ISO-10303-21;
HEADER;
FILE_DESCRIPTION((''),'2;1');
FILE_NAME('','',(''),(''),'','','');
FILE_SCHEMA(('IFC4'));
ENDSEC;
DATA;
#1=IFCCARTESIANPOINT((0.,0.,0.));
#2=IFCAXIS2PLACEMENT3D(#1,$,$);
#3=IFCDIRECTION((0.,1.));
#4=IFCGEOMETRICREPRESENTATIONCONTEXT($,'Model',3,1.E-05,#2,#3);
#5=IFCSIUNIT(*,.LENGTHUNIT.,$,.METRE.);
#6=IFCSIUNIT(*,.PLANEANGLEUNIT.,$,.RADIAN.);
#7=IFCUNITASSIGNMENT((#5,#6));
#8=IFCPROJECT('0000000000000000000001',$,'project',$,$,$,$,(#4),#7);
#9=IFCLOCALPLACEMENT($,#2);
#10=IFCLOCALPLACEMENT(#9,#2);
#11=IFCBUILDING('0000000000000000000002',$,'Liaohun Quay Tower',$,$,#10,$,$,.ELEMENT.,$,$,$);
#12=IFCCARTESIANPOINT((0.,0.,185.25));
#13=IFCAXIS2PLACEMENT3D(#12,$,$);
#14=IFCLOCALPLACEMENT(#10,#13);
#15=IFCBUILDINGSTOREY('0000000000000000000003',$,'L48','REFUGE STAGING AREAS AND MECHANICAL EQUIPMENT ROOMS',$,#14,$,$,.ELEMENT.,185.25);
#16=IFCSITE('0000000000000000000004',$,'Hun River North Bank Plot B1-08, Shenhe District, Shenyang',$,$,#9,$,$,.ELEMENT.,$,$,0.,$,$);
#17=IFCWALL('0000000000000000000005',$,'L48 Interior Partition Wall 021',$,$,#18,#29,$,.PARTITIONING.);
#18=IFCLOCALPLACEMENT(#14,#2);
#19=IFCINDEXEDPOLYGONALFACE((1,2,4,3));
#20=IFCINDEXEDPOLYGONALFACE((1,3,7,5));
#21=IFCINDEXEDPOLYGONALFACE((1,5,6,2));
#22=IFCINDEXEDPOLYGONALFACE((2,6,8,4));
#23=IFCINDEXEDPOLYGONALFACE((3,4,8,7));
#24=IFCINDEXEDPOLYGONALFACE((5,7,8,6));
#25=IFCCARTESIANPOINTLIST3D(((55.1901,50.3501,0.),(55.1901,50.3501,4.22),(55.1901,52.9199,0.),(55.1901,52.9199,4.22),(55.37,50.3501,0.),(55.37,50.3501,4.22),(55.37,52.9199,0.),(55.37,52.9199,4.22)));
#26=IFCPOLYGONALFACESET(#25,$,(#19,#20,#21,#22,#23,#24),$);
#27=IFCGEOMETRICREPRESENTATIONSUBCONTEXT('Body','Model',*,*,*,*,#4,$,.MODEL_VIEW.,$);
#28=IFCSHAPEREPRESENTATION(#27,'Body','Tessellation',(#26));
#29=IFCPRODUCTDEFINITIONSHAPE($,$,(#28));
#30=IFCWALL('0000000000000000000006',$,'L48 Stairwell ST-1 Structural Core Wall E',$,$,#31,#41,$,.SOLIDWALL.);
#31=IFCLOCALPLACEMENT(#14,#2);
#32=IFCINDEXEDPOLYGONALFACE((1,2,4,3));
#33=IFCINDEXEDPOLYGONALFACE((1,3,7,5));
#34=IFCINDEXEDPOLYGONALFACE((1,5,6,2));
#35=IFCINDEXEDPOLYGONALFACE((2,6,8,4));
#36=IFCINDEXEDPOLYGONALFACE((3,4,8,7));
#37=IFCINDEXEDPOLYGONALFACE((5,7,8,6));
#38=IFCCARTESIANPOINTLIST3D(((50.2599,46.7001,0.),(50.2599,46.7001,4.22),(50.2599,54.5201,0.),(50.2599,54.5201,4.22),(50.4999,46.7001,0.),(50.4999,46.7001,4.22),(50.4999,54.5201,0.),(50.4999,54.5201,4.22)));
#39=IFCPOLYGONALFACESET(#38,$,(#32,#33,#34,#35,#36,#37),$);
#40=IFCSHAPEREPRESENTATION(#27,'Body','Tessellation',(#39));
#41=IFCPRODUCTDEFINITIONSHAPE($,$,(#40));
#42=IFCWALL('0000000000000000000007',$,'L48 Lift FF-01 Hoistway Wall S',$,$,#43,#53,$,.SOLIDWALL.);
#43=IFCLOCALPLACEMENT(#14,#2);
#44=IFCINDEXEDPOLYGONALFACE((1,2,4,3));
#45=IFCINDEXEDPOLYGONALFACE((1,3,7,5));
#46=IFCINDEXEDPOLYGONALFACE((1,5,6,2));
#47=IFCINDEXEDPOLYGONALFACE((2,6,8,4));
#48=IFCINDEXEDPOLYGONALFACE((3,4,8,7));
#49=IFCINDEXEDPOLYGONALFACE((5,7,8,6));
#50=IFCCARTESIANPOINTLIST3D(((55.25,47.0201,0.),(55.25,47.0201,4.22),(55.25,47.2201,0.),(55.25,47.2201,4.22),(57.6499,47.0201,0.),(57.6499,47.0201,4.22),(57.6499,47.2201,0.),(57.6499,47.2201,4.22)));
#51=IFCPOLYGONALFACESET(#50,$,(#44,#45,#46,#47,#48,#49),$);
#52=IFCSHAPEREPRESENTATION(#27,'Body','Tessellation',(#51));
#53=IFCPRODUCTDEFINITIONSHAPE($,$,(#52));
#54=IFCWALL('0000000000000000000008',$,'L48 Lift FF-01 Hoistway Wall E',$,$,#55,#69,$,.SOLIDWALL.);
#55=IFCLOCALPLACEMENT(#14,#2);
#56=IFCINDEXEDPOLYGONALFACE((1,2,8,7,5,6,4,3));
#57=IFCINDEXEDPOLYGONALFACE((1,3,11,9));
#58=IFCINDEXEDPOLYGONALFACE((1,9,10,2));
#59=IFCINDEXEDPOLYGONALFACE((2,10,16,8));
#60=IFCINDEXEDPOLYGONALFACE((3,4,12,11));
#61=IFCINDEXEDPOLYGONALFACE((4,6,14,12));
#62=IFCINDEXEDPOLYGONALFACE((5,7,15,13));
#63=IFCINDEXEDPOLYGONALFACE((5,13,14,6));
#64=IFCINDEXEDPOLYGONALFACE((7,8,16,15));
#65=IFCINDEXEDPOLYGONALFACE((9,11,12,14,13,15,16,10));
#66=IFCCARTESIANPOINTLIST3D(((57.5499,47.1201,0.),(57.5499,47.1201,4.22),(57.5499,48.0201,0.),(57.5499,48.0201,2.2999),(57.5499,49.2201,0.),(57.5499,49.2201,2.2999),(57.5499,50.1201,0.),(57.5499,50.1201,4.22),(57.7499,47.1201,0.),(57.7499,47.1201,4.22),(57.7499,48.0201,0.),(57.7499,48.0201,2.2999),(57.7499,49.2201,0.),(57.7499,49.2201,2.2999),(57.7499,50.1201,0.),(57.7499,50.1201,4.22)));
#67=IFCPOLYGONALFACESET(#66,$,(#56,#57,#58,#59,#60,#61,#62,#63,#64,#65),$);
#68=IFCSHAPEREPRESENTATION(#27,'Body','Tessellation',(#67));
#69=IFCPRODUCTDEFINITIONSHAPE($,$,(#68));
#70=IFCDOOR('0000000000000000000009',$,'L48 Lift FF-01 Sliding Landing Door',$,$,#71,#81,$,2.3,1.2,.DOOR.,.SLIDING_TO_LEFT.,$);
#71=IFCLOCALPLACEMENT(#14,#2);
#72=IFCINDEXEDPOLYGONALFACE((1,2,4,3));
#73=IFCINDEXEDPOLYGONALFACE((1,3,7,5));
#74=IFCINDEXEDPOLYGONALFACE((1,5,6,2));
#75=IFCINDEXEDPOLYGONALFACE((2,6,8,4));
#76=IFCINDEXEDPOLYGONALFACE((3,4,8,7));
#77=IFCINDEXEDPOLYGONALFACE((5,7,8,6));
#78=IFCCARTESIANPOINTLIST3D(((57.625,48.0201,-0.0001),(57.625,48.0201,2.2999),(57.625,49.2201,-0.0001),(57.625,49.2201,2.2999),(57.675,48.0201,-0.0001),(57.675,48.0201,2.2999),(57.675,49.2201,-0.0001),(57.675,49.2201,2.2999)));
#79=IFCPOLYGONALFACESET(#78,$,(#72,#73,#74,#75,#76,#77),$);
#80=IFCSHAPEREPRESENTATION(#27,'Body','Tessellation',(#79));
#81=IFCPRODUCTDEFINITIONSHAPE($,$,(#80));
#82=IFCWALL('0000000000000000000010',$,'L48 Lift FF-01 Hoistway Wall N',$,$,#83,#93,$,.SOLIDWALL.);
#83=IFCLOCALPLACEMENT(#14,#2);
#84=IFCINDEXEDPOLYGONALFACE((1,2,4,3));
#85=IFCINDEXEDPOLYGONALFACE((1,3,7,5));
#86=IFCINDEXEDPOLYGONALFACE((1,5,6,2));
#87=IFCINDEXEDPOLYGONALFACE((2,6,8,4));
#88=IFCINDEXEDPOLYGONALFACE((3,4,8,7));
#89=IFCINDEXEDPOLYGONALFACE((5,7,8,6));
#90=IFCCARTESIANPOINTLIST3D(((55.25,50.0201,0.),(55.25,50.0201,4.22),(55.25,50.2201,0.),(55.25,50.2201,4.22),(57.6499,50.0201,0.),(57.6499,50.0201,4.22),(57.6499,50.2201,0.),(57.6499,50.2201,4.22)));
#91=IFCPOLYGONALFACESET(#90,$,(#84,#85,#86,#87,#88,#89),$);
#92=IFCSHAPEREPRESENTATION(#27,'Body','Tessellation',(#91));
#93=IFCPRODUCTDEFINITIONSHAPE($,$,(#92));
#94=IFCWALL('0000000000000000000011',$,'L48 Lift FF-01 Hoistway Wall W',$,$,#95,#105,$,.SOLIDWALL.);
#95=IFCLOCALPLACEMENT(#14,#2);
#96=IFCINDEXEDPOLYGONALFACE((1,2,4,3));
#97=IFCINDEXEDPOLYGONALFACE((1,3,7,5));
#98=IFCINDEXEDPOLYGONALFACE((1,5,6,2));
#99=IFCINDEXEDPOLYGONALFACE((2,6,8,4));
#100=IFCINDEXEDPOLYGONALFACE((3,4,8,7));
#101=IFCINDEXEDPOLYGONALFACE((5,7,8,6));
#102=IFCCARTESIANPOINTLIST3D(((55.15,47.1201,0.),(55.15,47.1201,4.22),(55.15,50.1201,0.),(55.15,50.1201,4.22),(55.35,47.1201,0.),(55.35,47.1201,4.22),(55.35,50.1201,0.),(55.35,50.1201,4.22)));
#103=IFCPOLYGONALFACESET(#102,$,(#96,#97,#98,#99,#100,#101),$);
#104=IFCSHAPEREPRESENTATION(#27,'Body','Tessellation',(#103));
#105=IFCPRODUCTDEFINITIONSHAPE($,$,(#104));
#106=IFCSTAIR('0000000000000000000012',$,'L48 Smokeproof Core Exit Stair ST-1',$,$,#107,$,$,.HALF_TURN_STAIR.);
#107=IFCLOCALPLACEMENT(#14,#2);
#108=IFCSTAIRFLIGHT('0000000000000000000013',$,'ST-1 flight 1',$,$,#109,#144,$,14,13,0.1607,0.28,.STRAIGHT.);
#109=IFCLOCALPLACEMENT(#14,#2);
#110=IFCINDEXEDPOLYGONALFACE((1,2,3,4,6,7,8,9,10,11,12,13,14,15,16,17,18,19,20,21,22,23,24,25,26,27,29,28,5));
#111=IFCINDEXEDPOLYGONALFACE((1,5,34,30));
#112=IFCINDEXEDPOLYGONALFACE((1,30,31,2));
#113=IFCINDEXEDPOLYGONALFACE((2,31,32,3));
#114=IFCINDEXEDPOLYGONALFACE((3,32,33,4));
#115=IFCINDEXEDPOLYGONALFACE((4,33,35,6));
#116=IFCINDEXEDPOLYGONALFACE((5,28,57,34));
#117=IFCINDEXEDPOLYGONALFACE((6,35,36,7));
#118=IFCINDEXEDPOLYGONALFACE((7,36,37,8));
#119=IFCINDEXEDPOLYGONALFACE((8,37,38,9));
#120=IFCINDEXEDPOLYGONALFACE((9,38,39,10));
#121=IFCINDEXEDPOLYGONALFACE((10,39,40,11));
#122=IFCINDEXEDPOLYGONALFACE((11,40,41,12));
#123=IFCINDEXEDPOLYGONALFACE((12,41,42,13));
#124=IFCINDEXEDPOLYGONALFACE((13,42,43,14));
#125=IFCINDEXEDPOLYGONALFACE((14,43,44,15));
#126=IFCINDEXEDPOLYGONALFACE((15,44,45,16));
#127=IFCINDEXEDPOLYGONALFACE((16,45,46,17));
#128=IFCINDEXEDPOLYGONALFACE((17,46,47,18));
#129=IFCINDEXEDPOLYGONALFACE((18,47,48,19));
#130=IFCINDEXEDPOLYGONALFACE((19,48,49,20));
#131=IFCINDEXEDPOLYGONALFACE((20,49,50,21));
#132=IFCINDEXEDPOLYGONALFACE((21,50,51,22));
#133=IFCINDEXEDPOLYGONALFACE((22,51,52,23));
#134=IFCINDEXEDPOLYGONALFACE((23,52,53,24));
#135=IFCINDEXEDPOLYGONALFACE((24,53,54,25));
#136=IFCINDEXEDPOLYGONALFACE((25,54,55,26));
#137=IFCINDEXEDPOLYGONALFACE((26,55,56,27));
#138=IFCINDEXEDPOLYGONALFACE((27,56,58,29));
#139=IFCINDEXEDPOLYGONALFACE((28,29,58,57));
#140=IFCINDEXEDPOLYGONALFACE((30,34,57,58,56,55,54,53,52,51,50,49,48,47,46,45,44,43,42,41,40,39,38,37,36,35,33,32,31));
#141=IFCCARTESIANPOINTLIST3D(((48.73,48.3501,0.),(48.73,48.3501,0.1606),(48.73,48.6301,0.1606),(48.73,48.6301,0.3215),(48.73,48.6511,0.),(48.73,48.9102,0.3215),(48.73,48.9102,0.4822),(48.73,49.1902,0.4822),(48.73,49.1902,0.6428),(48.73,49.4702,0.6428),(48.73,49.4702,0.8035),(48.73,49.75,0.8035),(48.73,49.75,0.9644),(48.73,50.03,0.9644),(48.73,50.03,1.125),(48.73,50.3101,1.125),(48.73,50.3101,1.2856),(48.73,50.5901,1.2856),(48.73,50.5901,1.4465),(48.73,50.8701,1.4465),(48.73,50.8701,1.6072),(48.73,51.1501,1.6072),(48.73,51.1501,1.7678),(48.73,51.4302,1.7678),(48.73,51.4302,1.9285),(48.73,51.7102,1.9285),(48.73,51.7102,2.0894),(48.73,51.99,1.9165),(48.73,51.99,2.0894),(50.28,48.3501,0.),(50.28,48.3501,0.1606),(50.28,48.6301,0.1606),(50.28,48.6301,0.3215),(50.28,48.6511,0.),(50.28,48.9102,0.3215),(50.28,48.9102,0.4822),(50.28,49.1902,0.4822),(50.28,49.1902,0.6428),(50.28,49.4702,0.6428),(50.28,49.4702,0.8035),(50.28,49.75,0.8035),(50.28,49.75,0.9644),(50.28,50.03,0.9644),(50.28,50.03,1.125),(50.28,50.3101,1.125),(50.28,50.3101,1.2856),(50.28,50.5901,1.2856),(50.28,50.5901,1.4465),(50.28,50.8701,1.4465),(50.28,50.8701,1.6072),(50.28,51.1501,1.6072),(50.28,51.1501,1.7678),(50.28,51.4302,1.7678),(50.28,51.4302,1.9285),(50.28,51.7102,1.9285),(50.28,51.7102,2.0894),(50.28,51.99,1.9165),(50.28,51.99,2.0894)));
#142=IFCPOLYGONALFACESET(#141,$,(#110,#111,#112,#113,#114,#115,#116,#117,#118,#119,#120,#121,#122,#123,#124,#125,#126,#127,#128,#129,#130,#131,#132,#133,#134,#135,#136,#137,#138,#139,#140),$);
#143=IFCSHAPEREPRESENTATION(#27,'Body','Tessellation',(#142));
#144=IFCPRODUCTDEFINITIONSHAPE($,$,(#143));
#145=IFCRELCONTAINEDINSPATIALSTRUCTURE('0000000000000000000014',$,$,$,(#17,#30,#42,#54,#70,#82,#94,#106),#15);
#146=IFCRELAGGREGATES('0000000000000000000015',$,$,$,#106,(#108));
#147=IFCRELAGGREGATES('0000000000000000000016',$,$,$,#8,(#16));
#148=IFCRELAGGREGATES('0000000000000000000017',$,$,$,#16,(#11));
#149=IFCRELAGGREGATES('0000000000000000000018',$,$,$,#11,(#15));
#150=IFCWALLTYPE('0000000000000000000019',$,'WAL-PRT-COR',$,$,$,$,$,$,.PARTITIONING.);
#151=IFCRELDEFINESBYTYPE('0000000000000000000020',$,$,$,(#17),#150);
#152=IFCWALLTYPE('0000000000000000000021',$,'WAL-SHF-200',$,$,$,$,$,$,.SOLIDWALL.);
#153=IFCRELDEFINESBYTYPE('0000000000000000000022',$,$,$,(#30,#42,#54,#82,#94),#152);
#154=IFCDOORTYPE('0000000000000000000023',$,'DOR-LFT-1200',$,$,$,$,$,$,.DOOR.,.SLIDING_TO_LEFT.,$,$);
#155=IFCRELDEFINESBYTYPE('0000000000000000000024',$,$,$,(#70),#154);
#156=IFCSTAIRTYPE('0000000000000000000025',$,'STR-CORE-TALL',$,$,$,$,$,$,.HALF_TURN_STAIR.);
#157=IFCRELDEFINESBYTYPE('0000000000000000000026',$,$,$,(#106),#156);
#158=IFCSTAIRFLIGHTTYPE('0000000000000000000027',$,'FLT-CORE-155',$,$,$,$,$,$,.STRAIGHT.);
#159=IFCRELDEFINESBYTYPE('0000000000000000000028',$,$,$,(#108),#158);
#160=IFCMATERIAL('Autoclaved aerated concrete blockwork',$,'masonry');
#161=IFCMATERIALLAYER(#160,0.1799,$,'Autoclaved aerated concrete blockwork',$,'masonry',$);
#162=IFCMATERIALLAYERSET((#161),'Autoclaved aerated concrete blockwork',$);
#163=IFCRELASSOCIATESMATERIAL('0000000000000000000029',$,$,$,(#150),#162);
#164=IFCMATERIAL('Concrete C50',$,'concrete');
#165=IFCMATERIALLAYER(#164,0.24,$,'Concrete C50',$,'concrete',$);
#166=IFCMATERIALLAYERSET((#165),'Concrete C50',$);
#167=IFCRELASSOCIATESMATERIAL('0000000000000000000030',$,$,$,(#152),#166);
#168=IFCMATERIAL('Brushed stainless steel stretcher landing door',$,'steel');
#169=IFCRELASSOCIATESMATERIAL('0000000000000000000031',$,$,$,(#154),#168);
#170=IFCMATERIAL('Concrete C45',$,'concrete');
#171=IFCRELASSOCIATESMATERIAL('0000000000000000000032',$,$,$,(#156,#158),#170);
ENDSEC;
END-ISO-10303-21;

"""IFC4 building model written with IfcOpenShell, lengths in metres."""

from ifc_helpers import new_model, si_unit, direction, frame, frame_2d, origin, place, context, subcontext, project, spatial, polyline, rectangle, outline, extrude, source, transform, mapped, material, layer, layer_set, type_object, element, fill, aggregate, save


model = new_model("IFC4")

# Units and contexts
model_context = context("Model", 3, precision=1e-05, world=origin(), true_north=direction((0.0, 1.0)))
body_context = subcontext(model_context, "Body", "Model", "MODEL_VIEW")
ifc_project = project(units=[si_unit("LENGTHUNIT", "METRE"), si_unit("PLANEANGLEUNIT", "RADIAN")], contexts=[model_context])

# Site, building, storey
site_placement = place(None, origin())
site = spatial("IfcSite", under=ifc_project, at=site_placement, Name="Hun River North Bank Plot B1-08, Shenhe District, Shenyang", CompositionType="ELEMENT", RefElevation=0.0)
building_placement = place(site_placement, origin())
building = spatial("IfcBuilding", under=site, at=building_placement, Name="Liaohun Quay Tower", CompositionType="ELEMENT")
storey_placement = place(building_placement, frame((0.0, 0.0, 185.25)))
storey = spatial("IfcBuildingStorey", under=building, at=storey_placement, Name="L48", Description="REFUGE STAGING AREAS AND MECHANICAL EQUIPMENT ROOMS", CompositionType="ELEMENT", Elevation=185.25)

# Shared definitions
ifc_material_1 = material(Name="Autoclaved aerated concrete blockwork", Category="masonry")
ifc_layer_1 = layer(ifc_material_1, 0.1799, Name="Autoclaved aerated concrete blockwork", Category="masonry")
ifc_layer_set_1 = layer_set([ifc_layer_1], Name="Autoclaved aerated concrete blockwork")
wall_type_1 = type_object("IfcWallType", Name="WAL-PRT-COR", PredefinedType="PARTITIONING", material=ifc_layer_set_1)

# Walls
wall_1_placement = place(storey_placement, frame((55.28, 50.3501, 0.0), z_axis=(0.0, 0.0, 1.0), x_axis=(0.0, 1.0, 0.0)))
element("IfcWall", 1, at=wall_1_placement, inside=storey, type_object=wall_type_1, Name="L48 Interior Partition Wall 021", PredefinedType="PARTITIONING", context=body_context, shape_type="SweptSolid", body=[
    extrude(rectangle(XDim=2.5698, YDim=0.1799, at=frame_2d((1.2849, 0.0))), origin(), (0.0, 0.0, 1.0), 4.22),
])
ifc_material_2 = material(Name="Concrete C50", Category="concrete")
ifc_layer_2 = layer(ifc_material_2, 0.24, Name="Concrete C50", Category="concrete")
ifc_layer_set_2 = layer_set([ifc_layer_2], Name="Concrete C50")
wall_type_2 = type_object("IfcWallType", Name="WAL-SHF-200", PredefinedType="SOLIDWALL", material=ifc_layer_set_2)
wall_2_placement = place(storey_placement, frame((50.3799, 46.7, 0.0), z_axis=(0.0, 0.0, 1.0), x_axis=(0.0, 1.0, 0.0)))
element("IfcWall", 2, at=wall_2_placement, inside=storey, type_object=wall_type_2, Name="L48 Stairwell ST-1 Structural Core Wall E", PredefinedType="SOLIDWALL", context=body_context, shape_type="SweptSolid", body=[
    extrude(rectangle(XDim=7.8201, YDim=0.24, at=frame_2d((3.9102, 0.0))), origin(), (0.0, 0.0, 1.0), 4.22),
])
wall_3_placement = place(storey_placement, frame((55.25, 47.1201, 0.0), z_axis=(0.0, 0.0, 1.0), x_axis=(1.0, 0.0, 0.0)))
element("IfcWall", 3, at=wall_3_placement, inside=storey, type_object=wall_type_2, Name="L48 Lift FF-01 Hoistway Wall S", PredefinedType="SOLIDWALL", context=body_context, shape_type="SweptSolid", body=[
    extrude(rectangle(XDim=2.3999, YDim=0.2, at=frame_2d((1.2, 0.0))), origin(), (0.0, 0.0, 1.0), 4.22),
])

# Wall, opening, door
wall_4_placement = place(storey_placement, frame((57.6499, 47.1201, 0.0), z_axis=(0.0, 0.0, 1.0), x_axis=(0.0, 1.0, 0.0)))
wall_4 = element("IfcWall", 4, at=wall_4_placement, inside=storey, type_object=wall_type_2, Name="L48 Lift FF-01 Hoistway Wall E", PredefinedType="SOLIDWALL", context=body_context, shape_type="SweptSolid", body=[
    extrude(rectangle(XDim=3.0, YDim=0.2, at=frame_2d((1.5, 0.0))), origin(), (0.0, 0.0, 1.0), 4.22),
])
shared_shape_1 = source(origin(), body_context, "Body", "SweptSolid", [
    extrude(rectangle(XDim=1.2, YDim=2.3, at=frame_2d((0.6001, 1.1499))), frame((0.0, 0.1099, 0.0), z_axis=(0.0, -1.0, 0.0), x_axis=(1.0, 0.0, 0.0)), (0.0, 0.0, 1.0), 0.22),
])
opening_1_placement = place(wall_4_placement, frame((0.8999, 0.0, 0.0)))
opening_1 = element("IfcOpeningElement", 5, at=opening_1_placement, cuts=wall_4, PredefinedType="OPENING", context=body_context, shape_type="MappedRepresentation", body=[
    mapped(shared_shape_1, transform((0.0, 0.0, 0.0), x_axis=(1.0, 0.0, 0.0), y_axis=(0.0, 1.0, 0.0), z_axis=(0.0, 0.0, 1.0), scale=1.0)),
])
ifc_material_3 = material(Name="Brushed stainless steel stretcher landing door", Category="steel")
door_type_1 = type_object("IfcDoorType", Name="DOR-LFT-1200", OperationType="SLIDING_TO_LEFT", PredefinedType="DOOR", material=ifc_material_3)
shared_shape_2 = source(origin(), body_context, "Body", "SweptSolid", [
    extrude(rectangle(XDim=1.2, YDim=2.3, at=frame_2d((0.6001, 1.1499))), frame((0.0, 0.0249, 0.0), z_axis=(0.0, -1.0, 0.0), x_axis=(1.0, 0.0, 0.0)), (0.0, 0.0, 1.0), 0.05),
])
door_1_placement = place(opening_1_placement, origin())
door_1 = element("IfcDoor", 6, at=door_1_placement, inside=storey, type_object=door_type_1, Name="L48 Lift FF-01 Sliding Landing Door", OperationType="SLIDING_TO_LEFT", OverallHeight=2.3, OverallWidth=1.2, PredefinedType="DOOR", context=body_context, shape_type="MappedRepresentation", body=[
    mapped(shared_shape_2, transform((0.0, 0.0, 0.0), x_axis=(1.0, 0.0, 0.0), y_axis=(0.0, 1.0, 0.0), z_axis=(0.0, 0.0, 1.0), scale=1.0)),
])
fill(opening_1, door_1)

# Walls
wall_5_placement = place(storey_placement, frame((57.6499, 50.1201, 0.0), z_axis=(0.0, 0.0, 1.0), x_axis=(-1.0, 0.0, 0.0)))
element("IfcWall", 7, at=wall_5_placement, inside=storey, type_object=wall_type_2, Name="L48 Lift FF-01 Hoistway Wall N", PredefinedType="SOLIDWALL", context=body_context, shape_type="SweptSolid", body=[
    extrude(rectangle(XDim=2.3999, YDim=0.2, at=frame_2d((1.2, 0.0))), origin(), (0.0, 0.0, 1.0), 4.22),
])
wall_6_placement = place(storey_placement, frame((55.25, 50.1201, 0.0), z_axis=(0.0, 0.0, 1.0), x_axis=(0.0, -1.0, 0.0)))
element("IfcWall", 8, at=wall_6_placement, inside=storey, type_object=wall_type_2, Name="L48 Lift FF-01 Hoistway Wall W", PredefinedType="SOLIDWALL", context=body_context, shape_type="SweptSolid", body=[
    extrude(rectangle(XDim=3.0, YDim=0.2, at=frame_2d((1.5, 0.0))), origin(), (0.0, 0.0, 1.0), 4.22),
])

# Stair, stair flight
ifc_material_4 = material(Name="Concrete C45", Category="concrete")
stair_type = type_object("IfcStairType", Name="STR-CORE-TALL", PredefinedType="HALF_TURN_STAIR", material=ifc_material_4)
stair_placement = place(storey_placement, origin())
stair = element("IfcStair", 9, at=stair_placement, inside=storey, type_object=stair_type, Name="L48 Smokeproof Core Exit Stair ST-1", PredefinedType="HALF_TURN_STAIR")
stair_flight_type = type_object("IfcStairFlightType", Name="FLT-CORE-155", PredefinedType="STRAIGHT", material=ifc_material_4)
stair_flight_placement = place(storey_placement, frame((49.5049, 48.3501, 0.0), z_axis=(0.0, 0.0, 1.0), x_axis=(0.0, 1.0, 0.0)))
stair_flight = element("IfcStairFlight", 10, at=stair_flight_placement, type_object=stair_flight_type, Name="ST-1 flight 1", NumberOfRisers=14, NumberOfTreads=13, PredefinedType="STRAIGHT", RiserHeight=0.1607, TreadLength=0.28, context=body_context, shape_type="SweptSolid", body=[
    extrude(outline(polyline([(0.0, 0.0), (0.0, 0.1606), (0.28, 0.1606), (0.28, 0.3215), (0.5601, 0.3215), (0.5601, 0.4822), (0.8401, 0.4822), (0.8401, 0.6428), (1.1201, 0.6428), (1.1201, 0.8035), (1.3999, 0.8035), (1.3999, 0.9644), (1.6799, 0.9644), (1.6799, 1.125), (1.96, 1.125), (1.96, 1.2856), (2.24, 1.2856), (2.24, 1.4465), (2.52, 1.4465), (2.52, 1.6072), (2.8, 1.6072), (2.8, 1.7678), (3.0801, 1.7678), (3.0801, 1.9285), (3.3601, 1.9285), (3.3601, 2.0894), (3.6399, 2.0894), (3.6399, 2.25), (3.6399, 1.9165), (0.301, 0.0), (0.0, 0.0)])), frame((0.0, 0.7749, 0.0), z_axis=(0.0, -1.0, 0.0), x_axis=(1.0, 0.0, 0.0)), (0.0, 0.0, 1.0), 1.55),
])
aggregate(stair, [stair_flight])

save(model, "model.ifc")
